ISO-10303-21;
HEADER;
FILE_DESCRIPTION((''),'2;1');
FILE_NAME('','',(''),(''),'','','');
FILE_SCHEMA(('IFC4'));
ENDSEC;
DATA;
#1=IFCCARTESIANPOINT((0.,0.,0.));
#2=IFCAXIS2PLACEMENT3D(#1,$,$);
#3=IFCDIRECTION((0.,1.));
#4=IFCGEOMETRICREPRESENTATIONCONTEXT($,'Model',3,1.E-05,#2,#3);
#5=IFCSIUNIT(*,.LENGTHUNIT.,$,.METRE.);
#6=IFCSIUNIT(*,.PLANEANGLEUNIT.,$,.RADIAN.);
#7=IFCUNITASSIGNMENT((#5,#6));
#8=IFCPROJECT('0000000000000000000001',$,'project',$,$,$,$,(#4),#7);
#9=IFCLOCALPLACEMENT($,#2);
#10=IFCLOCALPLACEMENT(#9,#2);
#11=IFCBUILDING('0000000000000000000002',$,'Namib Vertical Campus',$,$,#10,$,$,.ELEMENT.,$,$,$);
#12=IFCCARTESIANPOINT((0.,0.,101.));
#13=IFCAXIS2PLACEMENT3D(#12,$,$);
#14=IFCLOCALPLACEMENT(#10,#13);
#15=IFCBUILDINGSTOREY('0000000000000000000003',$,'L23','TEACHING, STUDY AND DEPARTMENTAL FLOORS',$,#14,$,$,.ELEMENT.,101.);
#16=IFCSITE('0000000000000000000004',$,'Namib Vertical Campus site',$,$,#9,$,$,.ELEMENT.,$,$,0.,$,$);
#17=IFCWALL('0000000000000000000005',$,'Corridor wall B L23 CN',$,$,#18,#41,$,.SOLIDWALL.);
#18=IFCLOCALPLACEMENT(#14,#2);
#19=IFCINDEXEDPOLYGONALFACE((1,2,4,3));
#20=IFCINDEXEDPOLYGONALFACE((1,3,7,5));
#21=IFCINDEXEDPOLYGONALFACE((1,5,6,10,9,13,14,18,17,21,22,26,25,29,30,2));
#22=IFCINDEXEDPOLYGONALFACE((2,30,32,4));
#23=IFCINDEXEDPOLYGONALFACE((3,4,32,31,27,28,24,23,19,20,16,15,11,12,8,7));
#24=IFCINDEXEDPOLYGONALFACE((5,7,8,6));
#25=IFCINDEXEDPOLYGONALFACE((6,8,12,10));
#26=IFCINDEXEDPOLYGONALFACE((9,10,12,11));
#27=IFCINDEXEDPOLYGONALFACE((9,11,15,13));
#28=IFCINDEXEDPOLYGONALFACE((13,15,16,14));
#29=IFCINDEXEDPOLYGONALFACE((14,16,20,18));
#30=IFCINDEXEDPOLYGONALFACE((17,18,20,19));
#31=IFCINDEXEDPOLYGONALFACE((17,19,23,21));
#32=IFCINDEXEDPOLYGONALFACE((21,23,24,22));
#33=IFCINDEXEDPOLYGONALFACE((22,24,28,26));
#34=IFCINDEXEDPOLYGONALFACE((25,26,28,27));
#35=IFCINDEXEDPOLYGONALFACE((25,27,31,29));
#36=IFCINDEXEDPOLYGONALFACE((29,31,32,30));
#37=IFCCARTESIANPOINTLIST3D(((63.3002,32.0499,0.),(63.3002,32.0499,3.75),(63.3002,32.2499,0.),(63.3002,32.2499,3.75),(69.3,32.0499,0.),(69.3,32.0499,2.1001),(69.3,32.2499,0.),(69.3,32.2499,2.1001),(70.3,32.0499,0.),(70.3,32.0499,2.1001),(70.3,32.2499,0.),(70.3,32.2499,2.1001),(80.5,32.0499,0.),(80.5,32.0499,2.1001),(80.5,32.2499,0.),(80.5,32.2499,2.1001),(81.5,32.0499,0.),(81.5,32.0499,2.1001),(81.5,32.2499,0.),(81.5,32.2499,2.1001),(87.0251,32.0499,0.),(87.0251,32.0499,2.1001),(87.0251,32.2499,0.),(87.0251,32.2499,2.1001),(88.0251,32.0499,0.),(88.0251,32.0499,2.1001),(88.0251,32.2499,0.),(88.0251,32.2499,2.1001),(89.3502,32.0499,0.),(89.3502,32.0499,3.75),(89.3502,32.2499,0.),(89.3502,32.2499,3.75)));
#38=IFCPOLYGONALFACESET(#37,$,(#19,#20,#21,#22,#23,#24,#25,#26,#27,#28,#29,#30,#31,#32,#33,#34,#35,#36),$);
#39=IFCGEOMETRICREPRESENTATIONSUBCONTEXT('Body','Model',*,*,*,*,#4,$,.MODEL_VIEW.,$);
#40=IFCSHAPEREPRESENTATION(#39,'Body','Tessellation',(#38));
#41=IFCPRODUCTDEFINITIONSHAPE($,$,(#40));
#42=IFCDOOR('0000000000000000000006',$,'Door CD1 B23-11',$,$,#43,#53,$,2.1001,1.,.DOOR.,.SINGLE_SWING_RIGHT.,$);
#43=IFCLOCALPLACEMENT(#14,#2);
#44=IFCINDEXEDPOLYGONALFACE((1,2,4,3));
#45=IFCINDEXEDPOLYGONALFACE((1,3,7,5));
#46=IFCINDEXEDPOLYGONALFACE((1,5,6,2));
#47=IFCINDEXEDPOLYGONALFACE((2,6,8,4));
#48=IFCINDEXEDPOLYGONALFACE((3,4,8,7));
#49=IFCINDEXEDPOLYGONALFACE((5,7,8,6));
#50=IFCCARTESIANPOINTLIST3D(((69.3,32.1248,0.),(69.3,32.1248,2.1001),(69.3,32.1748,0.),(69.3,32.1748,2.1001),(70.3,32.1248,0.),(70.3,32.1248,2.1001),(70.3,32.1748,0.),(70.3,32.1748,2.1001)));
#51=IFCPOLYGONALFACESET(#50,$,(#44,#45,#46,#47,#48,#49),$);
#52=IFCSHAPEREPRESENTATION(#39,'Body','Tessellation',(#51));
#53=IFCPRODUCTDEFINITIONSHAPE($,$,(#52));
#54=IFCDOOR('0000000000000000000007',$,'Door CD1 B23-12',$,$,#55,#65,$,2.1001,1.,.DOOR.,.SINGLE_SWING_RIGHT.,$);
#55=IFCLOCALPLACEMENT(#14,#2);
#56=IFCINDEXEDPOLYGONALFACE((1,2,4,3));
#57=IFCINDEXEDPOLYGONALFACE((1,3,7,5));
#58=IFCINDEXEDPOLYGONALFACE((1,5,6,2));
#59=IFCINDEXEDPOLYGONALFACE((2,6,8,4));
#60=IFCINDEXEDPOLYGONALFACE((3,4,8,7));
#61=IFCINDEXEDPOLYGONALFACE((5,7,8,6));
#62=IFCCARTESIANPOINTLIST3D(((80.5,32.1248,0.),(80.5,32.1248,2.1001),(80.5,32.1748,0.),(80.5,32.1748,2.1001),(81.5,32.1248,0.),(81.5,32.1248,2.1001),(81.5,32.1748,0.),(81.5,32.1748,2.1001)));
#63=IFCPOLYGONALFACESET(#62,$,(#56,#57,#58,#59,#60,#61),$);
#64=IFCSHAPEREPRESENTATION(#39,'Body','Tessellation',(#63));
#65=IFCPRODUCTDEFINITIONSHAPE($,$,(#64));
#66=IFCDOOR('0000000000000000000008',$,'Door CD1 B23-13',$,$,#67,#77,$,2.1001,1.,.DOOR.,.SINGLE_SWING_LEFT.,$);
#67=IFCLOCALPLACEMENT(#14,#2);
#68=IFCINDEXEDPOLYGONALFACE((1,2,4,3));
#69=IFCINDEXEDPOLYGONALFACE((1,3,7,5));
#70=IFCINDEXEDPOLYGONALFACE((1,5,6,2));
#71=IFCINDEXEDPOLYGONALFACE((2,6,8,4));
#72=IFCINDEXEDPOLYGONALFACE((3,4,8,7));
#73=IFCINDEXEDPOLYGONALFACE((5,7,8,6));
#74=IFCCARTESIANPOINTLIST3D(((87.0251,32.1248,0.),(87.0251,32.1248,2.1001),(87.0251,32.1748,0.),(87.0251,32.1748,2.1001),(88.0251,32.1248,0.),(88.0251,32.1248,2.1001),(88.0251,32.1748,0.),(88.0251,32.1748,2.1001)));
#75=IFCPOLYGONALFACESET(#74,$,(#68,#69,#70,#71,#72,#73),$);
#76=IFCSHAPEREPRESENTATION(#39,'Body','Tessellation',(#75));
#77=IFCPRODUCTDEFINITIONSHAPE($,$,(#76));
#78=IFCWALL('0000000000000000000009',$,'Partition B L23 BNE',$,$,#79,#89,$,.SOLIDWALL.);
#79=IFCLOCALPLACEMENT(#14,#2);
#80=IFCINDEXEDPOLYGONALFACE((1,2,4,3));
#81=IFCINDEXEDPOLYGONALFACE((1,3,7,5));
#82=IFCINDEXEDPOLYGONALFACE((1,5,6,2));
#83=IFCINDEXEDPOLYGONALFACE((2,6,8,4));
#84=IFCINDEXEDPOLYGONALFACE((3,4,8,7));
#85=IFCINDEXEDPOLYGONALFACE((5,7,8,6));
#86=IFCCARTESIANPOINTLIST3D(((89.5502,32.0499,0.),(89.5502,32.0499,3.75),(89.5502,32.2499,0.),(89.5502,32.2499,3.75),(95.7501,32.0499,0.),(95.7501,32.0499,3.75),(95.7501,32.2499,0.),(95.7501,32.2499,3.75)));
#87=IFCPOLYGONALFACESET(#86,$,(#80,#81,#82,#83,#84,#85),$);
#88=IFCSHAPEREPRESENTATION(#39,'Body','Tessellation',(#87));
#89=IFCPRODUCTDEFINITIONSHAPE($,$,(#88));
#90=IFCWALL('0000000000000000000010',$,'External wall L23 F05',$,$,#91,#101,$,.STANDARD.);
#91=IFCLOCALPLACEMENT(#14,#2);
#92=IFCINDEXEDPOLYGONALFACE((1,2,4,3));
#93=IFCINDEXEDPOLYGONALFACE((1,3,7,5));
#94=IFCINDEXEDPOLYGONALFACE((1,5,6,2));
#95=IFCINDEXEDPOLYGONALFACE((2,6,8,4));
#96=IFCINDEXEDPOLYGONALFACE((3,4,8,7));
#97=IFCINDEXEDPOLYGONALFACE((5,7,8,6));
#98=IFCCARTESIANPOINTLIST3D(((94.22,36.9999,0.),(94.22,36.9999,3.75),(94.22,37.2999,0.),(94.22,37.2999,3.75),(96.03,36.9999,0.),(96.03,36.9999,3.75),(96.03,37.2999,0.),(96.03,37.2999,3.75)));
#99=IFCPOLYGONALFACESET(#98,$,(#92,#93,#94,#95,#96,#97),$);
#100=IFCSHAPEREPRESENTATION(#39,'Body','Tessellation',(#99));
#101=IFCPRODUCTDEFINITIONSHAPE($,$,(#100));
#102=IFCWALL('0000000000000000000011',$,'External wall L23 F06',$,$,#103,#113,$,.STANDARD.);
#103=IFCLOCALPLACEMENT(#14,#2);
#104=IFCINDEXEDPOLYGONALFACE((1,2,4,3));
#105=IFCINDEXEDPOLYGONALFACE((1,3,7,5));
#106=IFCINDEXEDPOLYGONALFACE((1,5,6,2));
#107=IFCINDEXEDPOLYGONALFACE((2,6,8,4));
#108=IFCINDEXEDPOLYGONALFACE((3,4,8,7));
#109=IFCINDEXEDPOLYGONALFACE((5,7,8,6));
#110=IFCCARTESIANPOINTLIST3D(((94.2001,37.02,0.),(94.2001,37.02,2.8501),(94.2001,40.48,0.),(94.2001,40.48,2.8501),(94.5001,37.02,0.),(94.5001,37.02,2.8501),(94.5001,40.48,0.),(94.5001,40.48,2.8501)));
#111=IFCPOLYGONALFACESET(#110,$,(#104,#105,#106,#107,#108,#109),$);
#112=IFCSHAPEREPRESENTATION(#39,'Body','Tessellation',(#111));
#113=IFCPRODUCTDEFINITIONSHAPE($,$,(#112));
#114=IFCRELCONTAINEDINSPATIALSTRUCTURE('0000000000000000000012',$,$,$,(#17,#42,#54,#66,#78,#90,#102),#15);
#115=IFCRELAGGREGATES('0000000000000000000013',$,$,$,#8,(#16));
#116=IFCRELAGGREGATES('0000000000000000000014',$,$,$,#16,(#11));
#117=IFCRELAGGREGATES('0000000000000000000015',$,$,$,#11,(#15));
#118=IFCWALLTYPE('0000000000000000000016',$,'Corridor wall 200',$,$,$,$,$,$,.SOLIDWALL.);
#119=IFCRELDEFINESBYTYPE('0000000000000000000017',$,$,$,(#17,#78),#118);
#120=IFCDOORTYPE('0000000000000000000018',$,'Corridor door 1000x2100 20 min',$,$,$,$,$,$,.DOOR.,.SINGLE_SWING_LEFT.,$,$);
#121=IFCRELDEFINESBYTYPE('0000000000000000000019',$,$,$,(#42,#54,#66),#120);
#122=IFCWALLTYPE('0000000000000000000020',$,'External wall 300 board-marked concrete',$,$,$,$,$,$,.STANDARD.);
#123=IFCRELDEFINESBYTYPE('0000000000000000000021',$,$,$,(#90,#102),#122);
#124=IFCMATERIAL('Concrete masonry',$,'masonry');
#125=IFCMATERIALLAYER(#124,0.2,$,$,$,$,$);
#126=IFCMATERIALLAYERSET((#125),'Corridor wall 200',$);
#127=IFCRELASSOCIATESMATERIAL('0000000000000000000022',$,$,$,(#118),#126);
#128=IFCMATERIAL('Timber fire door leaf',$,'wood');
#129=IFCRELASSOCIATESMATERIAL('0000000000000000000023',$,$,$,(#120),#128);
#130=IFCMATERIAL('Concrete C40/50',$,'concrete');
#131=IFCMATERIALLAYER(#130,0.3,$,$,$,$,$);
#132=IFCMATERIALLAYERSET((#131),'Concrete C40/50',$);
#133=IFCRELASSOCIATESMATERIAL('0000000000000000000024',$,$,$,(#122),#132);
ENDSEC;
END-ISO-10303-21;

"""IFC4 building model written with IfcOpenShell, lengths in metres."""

from ifc_helpers import new_model, si_unit, direction, frame, frame_2d, origin, place, context, subcontext, project, spatial, rectangle, extrude, material, layer, layer_set, type_object, element, fill, save


model = new_model("IFC4")

# Units and contexts
model_context = context("Model", 3, precision=1e-05, world=origin(), true_north=direction((0.0, 1.0)))
body_context = subcontext(model_context, "Body", "Model", "MODEL_VIEW")
ifc_project = project(units=[si_unit("LENGTHUNIT", "METRE"), si_unit("PLANEANGLEUNIT", "RADIAN")], contexts=[model_context])

# Site, building, storey
site_placement = place(None, origin())
site = spatial("IfcSite", under=ifc_project, at=site_placement, Name="Namib Vertical Campus site", CompositionType="ELEMENT", RefElevation=0.0)
building_placement = place(site_placement, origin())
building = spatial("IfcBuilding", under=site, at=building_placement, Name="Namib Vertical Campus", CompositionType="ELEMENT")
storey_placement = place(building_placement, frame((0.0, 0.0, 101.0)))
storey = spatial("IfcBuildingStorey", under=building, at=storey_placement, Name="L23", Description="TEACHING, STUDY AND DEPARTMENTAL FLOORS", CompositionType="ELEMENT", Elevation=101.0)

# Wall, openings, doors
ifc_material_1 = material(Name="Concrete masonry", Category="masonry")
ifc_layer_1 = layer(ifc_material_1, 0.2)
ifc_layer_set_1 = layer_set([ifc_layer_1], Name="Corridor wall 200")
wall_type_1 = type_object("IfcWallType", Name="Corridor wall 200", PredefinedType="SOLIDWALL", material=ifc_layer_set_1)
wall_1_placement = place(storey_placement, frame((89.3501, 32.1499, 0.0), z_axis=(0.0, 0.0, 1.0), x_axis=(-1.0, 0.0, 0.0)))
wall_1 = element("IfcWall", 1, at=wall_1_placement, inside=storey, type_object=wall_type_1, Name="Corridor wall B L23 CN", PredefinedType="SOLIDWALL", context=body_context, shape_type="SweptSolid", body=[
    extrude(rectangle(XDim=26.05, YDim=0.2, at=frame_2d((13.0249, 0.0))), origin(), (0.0, 0.0, 1.0), 3.75),
])
opening_1_placement = place(wall_1_placement, frame((19.05, 0.0, 0.0)))
opening_1 = element("IfcOpeningElement", 2, at=opening_1_placement, cuts=wall_1, PredefinedType="OPENING", context=body_context, shape_type="SweptSolid", body=[
    extrude(rectangle(XDim=1.0, YDim=2.1001, at=frame_2d((0.5, 1.05))), frame((0.0, 0.1099, 0.0), z_axis=(0.0, -1.0, 0.0), x_axis=(1.0, 0.0, 0.0)), (0.0, 0.0, 1.0), 0.22),
])
opening_2_placement = place(wall_1_placement, frame((7.8501, 0.0, 0.0)))
opening_2 = element("IfcOpeningElement", 3, at=opening_2_placement, cuts=wall_1, PredefinedType="OPENING", context=body_context, shape_type="SweptSolid", body=[
    extrude(rectangle(XDim=1.0, YDim=2.1001, at=frame_2d((0.5, 1.05))), frame((0.0, 0.1099, 0.0), z_axis=(0.0, -1.0, 0.0), x_axis=(1.0, 0.0, 0.0)), (0.0, 0.0, 1.0), 0.22),
])
opening_3_placement = place(wall_1_placement, frame((1.325, 0.0, 0.0)))
opening_3 = element("IfcOpeningElement", 4, at=opening_3_placement, cuts=wall_1, PredefinedType="OPENING", context=body_context, shape_type="SweptSolid", body=[
    extrude(rectangle(XDim=1.0, YDim=2.1001, at=frame_2d((0.5, 1.05))), frame((0.0, 0.1099, 0.0), z_axis=(0.0, -1.0, 0.0), x_axis=(1.0, 0.0, 0.0)), (0.0, 0.0, 1.0), 0.22),
])
ifc_material_2 = material(Name="Timber fire door leaf", Category="wood")
door_type_1 = type_object("IfcDoorType", Name="Corridor door 1000x2100 20 min", OperationType="SINGLE_SWING_LEFT", PredefinedType="DOOR", material=ifc_material_2)
door_1_placement = place(opening_1_placement, frame((1.0, 0.0, 0.0), z_axis=(0.0, 0.0, 1.0), x_axis=(-1.0, 0.0, 0.0)))
door_1 = element("IfcDoor", 5, at=door_1_placement, inside=storey, type_object=door_type_1, Name="Door CD1 B23-11", OperationType="SINGLE_SWING_RIGHT", OverallHeight=2.1001, OverallWidth=1.0, PredefinedType="DOOR", context=body_context, shape_type="SweptSolid", body=[
    extrude(rectangle(XDim=1.0, YDim=2.1001, at=frame_2d((0.5, 1.05))), frame((0.0, 0.0249, 0.0), z_axis=(0.0, -1.0, 0.0), x_axis=(1.0, 0.0, 0.0)), (0.0, 0.0, 1.0), 0.05),
])
fill(opening_1, door_1)
door_2_placement = place(opening_2_placement, frame((1.0, 0.0, 0.0), z_axis=(0.0, 0.0, 1.0), x_axis=(-1.0, 0.0, 0.0)))
door_2 = element("IfcDoor", 6, at=door_2_placement, inside=storey, type_object=door_type_1, Name="Door CD1 B23-12", OperationType="SINGLE_SWING_RIGHT", OverallHeight=2.1001, OverallWidth=1.0, PredefinedType="DOOR", context=body_context, shape_type="SweptSolid", body=[
    extrude(rectangle(XDim=1.0, YDim=2.1001, at=frame_2d((0.5, 1.05))), frame((0.0, 0.0249, 0.0), z_axis=(0.0, -1.0, 0.0), x_axis=(1.0, 0.0, 0.0)), (0.0, 0.0, 1.0), 0.05),
])
fill(opening_2, door_2)
door_3_placement = place(opening_3_placement, frame((1.0, 0.0, 0.0), z_axis=(0.0, 0.0, 1.0), x_axis=(-1.0, 0.0, 0.0)))
door_3 = element("IfcDoor", 7, at=door_3_placement, inside=storey, type_object=door_type_1, Name="Door CD1 B23-13", OperationType="SINGLE_SWING_LEFT", OverallHeight=2.1001, OverallWidth=1.0, PredefinedType="DOOR", context=body_context, shape_type="SweptSolid", body=[
    extrude(rectangle(XDim=1.0, YDim=2.1001, at=frame_2d((0.5, 1.05))), frame((0.0, 0.0249, 0.0), z_axis=(0.0, -1.0, 0.0), x_axis=(1.0, 0.0, 0.0)), (0.0, 0.0, 1.0), 0.05),
])
fill(opening_3, door_3)

# Walls
wall_2_placement = place(storey_placement, frame((89.55, 32.1499, 0.0), z_axis=(0.0, 0.0, 1.0), x_axis=(1.0, 0.0, 0.0)))
element("IfcWall", 8, at=wall_2_placement, inside=storey, type_object=wall_type_1, Name="Partition B L23 BNE", PredefinedType="SOLIDWALL", context=body_context, shape_type="SweptSolid", body=[
    extrude(rectangle(XDim=6.2, YDim=0.2, at=frame_2d((3.1001, 0.0))), origin(), (0.0, 0.0, 1.0), 3.75),
])
ifc_material_3 = material(Name="Concrete C40/50", Category="concrete")
ifc_layer_2 = layer(ifc_material_3, 0.3)
ifc_layer_set_2 = layer_set([ifc_layer_2], Name="Concrete C40/50")
wall_type_2 = type_object("IfcWallType", Name="External wall 300 board-marked concrete", PredefinedType="STANDARD", material=ifc_layer_set_2)
wall_3_placement = place(storey_placement, frame((96.03, 37.1499, 0.0), z_axis=(0.0, 0.0, 1.0), x_axis=(-1.0, 0.0, 0.0)))
element("IfcWall", 9, at=wall_3_placement, inside=storey, type_object=wall_type_2, Name="External wall L23 F05", PredefinedType="STANDARD", context=body_context, shape_type="SweptSolid", body=[
    extrude(rectangle(XDim=1.8101, YDim=0.3, at=frame_2d((0.905, 0.0))), origin(), (0.0, 0.0, 1.0), 3.75),
])
wall_4_placement = place(storey_placement, frame((94.3501, 37.02, 0.0), z_axis=(0.0, 0.0, 1.0), x_axis=(0.0, 1.0, 0.0)))
element("IfcWall", 10, at=wall_4_placement, inside=storey, type_object=wall_type_2, Name="External wall L23 F06", PredefinedType="STANDARD", context=body_context, shape_type="SweptSolid", body=[
    extrude(rectangle(XDim=3.46, YDim=0.3, at=frame_2d((1.73, 0.0))), origin(), (0.0, 0.0, 1.0), 2.8501),
])

save(model, "model.ifc")
